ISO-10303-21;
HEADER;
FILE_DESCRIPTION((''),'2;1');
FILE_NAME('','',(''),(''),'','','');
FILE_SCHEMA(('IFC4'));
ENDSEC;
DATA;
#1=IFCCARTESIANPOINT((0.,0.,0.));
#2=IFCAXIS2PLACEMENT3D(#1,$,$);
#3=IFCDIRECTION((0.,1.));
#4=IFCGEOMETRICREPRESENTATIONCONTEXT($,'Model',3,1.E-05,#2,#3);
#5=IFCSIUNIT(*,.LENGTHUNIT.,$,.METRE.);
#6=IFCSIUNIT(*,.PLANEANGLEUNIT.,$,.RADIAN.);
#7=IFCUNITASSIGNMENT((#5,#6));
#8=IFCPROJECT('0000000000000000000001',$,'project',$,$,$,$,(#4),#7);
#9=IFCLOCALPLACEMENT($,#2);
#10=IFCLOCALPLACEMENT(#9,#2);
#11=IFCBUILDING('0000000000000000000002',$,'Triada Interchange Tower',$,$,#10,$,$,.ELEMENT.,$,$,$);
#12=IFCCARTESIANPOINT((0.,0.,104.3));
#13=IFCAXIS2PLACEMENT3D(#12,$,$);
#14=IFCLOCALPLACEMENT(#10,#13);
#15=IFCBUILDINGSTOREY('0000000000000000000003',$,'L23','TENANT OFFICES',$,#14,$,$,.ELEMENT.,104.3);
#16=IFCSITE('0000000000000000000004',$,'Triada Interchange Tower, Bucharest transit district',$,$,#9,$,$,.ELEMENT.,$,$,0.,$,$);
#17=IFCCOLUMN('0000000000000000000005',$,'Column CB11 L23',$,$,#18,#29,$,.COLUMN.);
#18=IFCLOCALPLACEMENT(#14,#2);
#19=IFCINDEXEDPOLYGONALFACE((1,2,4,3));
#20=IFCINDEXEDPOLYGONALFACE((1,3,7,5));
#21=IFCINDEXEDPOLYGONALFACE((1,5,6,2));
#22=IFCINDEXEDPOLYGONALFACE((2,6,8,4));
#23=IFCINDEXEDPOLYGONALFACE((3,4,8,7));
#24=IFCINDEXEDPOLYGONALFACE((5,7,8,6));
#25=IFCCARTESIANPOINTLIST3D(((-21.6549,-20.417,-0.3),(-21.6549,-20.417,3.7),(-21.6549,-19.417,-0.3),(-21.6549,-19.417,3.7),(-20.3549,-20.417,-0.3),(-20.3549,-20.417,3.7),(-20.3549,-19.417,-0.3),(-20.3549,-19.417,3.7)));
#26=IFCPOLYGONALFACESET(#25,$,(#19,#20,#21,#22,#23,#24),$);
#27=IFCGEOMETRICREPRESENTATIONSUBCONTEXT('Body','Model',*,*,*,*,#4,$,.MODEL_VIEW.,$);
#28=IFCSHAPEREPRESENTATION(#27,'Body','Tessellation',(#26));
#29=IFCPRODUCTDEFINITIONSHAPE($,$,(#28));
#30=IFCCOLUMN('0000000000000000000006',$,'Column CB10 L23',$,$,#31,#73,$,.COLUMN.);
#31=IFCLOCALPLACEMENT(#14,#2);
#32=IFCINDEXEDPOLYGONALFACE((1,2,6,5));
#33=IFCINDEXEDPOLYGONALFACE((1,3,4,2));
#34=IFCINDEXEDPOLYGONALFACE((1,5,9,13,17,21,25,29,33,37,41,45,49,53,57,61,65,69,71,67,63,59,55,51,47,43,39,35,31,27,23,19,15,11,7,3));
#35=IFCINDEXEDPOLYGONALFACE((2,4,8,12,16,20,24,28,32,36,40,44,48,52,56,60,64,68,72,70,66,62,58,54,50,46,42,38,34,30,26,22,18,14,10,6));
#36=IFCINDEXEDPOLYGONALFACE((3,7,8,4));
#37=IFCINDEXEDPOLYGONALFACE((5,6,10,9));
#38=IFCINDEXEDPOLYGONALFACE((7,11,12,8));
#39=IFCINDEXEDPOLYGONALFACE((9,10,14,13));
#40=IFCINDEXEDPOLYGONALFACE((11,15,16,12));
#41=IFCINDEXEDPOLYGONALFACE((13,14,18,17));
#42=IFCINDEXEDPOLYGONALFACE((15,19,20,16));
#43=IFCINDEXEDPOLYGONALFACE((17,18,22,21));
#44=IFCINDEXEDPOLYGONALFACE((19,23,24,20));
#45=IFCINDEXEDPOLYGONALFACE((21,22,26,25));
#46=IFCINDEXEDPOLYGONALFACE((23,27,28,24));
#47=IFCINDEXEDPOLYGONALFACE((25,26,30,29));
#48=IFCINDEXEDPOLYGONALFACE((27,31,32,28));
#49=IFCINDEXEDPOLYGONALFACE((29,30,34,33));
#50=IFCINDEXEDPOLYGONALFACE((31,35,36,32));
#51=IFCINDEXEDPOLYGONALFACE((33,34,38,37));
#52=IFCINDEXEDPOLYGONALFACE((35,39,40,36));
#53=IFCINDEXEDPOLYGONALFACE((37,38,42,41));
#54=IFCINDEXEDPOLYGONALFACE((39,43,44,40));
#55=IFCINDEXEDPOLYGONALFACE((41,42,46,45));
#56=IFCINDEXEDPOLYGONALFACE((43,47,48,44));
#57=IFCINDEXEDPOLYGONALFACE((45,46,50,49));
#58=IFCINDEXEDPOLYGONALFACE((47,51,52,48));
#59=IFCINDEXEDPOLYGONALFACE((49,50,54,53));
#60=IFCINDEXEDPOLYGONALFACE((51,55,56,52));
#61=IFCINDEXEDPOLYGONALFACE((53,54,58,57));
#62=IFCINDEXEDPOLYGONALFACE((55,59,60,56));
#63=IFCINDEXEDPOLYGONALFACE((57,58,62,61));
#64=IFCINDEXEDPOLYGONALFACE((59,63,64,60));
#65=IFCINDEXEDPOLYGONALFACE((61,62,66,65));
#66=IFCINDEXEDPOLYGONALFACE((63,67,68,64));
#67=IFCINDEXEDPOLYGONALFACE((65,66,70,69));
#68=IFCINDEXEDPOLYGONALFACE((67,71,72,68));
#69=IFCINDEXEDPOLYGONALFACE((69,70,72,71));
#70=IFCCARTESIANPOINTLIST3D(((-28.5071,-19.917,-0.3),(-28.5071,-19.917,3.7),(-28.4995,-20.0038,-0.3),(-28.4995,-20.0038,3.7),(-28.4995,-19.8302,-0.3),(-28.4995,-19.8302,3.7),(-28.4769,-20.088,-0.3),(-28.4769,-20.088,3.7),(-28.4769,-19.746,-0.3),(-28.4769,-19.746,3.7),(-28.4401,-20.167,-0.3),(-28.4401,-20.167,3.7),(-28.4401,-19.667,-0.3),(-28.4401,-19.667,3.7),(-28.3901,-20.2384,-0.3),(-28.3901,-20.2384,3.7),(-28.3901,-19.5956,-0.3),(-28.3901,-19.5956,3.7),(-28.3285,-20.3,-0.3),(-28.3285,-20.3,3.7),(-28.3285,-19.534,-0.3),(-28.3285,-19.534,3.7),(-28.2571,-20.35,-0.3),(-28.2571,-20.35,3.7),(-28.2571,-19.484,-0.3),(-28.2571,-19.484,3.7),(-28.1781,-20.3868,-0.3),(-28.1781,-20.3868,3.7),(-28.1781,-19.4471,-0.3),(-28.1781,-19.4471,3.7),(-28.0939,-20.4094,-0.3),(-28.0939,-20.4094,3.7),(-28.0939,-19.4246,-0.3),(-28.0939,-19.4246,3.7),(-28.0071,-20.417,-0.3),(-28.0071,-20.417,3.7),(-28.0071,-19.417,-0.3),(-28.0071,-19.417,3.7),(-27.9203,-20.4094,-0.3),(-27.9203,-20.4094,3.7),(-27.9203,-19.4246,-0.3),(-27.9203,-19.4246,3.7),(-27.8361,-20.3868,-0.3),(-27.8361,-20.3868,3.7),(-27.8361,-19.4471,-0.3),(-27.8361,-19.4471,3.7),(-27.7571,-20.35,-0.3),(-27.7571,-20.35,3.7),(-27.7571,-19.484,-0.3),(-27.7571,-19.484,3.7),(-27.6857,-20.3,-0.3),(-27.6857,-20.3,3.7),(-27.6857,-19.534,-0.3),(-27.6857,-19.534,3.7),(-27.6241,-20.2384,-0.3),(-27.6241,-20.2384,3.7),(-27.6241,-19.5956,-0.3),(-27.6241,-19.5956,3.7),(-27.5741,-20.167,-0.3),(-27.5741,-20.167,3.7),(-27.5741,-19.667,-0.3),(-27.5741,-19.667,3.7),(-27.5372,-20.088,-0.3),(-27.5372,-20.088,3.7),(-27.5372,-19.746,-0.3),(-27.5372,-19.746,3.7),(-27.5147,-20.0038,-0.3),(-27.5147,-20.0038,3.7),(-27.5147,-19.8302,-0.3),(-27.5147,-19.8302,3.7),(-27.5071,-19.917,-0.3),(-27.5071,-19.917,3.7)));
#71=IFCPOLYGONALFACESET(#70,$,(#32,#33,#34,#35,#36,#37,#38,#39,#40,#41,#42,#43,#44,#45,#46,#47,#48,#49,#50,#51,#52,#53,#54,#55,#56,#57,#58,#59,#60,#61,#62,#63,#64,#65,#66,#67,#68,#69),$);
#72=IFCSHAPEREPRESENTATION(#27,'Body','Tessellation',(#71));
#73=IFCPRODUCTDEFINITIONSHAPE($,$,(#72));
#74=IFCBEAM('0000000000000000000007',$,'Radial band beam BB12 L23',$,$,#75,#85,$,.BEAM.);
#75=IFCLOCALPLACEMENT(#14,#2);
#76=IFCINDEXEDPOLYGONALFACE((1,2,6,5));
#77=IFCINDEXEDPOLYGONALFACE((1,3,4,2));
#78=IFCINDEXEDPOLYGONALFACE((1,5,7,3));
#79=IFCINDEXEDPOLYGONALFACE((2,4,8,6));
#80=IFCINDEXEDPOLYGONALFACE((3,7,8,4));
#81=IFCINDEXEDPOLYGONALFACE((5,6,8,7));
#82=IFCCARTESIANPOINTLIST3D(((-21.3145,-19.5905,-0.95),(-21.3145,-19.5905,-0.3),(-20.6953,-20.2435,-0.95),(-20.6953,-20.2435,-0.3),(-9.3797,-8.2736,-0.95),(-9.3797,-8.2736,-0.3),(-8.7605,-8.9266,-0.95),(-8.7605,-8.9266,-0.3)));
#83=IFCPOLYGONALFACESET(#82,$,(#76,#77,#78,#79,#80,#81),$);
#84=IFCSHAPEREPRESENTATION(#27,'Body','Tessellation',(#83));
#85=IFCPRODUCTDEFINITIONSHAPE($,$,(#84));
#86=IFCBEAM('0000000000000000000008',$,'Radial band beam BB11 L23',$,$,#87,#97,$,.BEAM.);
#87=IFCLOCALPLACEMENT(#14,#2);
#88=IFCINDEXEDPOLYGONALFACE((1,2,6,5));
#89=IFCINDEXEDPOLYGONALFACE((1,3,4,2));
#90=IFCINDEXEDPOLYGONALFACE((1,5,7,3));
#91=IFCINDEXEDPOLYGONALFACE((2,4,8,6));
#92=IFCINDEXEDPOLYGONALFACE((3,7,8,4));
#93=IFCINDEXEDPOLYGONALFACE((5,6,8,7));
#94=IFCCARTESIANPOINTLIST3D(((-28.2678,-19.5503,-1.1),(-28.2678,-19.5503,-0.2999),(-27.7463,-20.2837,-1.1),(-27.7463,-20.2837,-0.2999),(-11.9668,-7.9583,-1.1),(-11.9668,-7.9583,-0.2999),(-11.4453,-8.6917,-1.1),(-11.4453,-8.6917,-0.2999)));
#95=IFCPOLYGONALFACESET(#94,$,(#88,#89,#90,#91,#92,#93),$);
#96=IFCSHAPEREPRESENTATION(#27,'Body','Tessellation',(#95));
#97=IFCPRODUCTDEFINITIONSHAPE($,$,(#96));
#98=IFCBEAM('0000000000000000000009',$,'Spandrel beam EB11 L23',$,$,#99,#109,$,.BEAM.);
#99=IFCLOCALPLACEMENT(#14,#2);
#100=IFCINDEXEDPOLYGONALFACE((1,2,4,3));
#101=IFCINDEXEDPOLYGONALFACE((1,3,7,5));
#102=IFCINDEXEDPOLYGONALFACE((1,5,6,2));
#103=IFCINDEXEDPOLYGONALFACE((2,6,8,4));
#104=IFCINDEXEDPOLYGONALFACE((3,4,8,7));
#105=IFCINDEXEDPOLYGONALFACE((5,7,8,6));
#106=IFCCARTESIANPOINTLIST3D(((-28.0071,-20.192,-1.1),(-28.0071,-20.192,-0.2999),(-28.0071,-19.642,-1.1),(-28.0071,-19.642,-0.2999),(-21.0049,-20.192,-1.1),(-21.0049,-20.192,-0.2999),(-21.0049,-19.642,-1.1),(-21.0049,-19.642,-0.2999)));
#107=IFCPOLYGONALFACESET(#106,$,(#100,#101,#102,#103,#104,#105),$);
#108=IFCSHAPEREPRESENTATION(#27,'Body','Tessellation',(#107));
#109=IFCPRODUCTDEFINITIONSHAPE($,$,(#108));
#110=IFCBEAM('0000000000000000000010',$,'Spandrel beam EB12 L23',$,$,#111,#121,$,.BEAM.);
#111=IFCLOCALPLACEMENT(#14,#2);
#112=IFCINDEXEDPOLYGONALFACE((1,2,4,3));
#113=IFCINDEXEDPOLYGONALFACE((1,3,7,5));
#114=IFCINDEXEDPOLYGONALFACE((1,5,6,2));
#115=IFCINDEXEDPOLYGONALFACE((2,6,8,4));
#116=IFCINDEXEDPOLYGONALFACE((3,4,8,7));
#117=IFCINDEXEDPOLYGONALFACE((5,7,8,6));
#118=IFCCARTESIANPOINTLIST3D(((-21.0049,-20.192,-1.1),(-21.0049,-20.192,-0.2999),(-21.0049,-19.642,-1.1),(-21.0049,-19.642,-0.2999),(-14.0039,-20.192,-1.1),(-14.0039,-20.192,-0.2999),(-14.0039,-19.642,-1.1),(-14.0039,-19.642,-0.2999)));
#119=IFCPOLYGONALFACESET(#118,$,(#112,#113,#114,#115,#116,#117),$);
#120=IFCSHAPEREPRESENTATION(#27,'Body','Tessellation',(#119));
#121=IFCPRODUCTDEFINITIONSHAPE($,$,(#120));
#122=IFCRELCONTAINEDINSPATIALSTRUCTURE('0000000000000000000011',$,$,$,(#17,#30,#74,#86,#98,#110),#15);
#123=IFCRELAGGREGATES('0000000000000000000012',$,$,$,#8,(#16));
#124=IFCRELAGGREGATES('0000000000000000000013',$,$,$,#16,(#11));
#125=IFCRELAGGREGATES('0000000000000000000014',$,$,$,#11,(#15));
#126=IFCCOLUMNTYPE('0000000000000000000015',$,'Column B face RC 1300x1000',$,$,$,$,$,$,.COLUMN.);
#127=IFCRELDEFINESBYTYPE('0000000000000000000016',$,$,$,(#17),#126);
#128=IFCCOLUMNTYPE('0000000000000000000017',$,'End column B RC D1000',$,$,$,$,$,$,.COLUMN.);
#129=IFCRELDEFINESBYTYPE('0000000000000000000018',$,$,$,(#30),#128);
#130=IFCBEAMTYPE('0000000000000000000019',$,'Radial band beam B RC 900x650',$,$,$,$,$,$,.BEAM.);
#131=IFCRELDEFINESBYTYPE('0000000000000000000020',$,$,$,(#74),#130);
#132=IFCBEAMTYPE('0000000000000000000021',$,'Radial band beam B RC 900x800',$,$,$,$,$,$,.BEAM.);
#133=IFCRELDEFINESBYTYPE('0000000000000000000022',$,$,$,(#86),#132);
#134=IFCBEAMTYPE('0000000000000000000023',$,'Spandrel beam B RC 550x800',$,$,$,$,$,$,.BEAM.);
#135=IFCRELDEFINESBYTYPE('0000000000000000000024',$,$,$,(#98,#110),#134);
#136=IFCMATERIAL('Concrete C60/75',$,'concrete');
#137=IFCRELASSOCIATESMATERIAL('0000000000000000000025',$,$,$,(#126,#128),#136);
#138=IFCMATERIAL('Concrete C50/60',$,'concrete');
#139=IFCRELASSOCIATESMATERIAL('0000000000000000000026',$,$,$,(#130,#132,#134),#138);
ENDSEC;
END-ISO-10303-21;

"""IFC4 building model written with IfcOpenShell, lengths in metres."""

from ifc_helpers import new_model, si_unit, direction, frame, origin, origin_2d, place, context, subcontext, project, spatial, rectangle, circle, extrude, material, material_profile, profile_set, type_object, element, save


model = new_model("IFC4")

# Units and contexts
model_context = context("Model", 3, precision=1e-05, world=origin(), true_north=direction((0.0, 1.0)))
body_context = subcontext(model_context, "Body", "Model", "MODEL_VIEW")
ifc_project = project(units=[si_unit("LENGTHUNIT", "METRE"), si_unit("PLANEANGLEUNIT", "RADIAN")], contexts=[model_context])

# Site, building, storey
site_placement = place(None, origin())
site = spatial("IfcSite", under=ifc_project, at=site_placement, Name="Triada Interchange Tower, Bucharest transit district", CompositionType="ELEMENT", RefElevation=0.0)
building_placement = place(site_placement, origin())
building = spatial("IfcBuilding", under=site, at=building_placement, Name="Triada Interchange Tower", CompositionType="ELEMENT")
storey_placement = place(building_placement, frame((0.0, 0.0, 104.3)))
storey = spatial("IfcBuildingStorey", under=building, at=storey_placement, Name="L23", Description="TENANT OFFICES", CompositionType="ELEMENT", Elevation=104.3)

# Columns
ifc_material_1 = material(Name="Concrete C60/75", Category="concrete")
ifc_material_profile_1 = material_profile(ifc_material_1, rectangle(XDim=1.3, YDim=1.0, at=origin_2d()), Name="RC 1300x1000")
ifc_profile_set_1 = profile_set([ifc_material_profile_1], Name="Concrete C60/75")
column_type_1 = type_object("IfcColumnType", Name="Column B face RC 1300x1000", PredefinedType="COLUMN", material=ifc_profile_set_1)
column_1_placement = place(storey_placement, frame((-21.0049, -19.917, -0.3), z_axis=(0.0, 0.0, 1.0), x_axis=(1.0, 0.0, 0.0)))
element("IfcColumn", 1, at=column_1_placement, inside=storey, type_object=column_type_1, Name="Column CB11 L23", PredefinedType="COLUMN", context=body_context, shape_type="SweptSolid", body=[
    extrude(rectangle(XDim=1.3, YDim=1.0, at=origin_2d()), origin(), (0.0, 0.0, 1.0), 4.0),
])
ifc_material_profile_2 = material_profile(ifc_material_1, circle(Radius=0.5, at=origin_2d()), Name="RC D1000")
ifc_profile_set_2 = profile_set([ifc_material_profile_2], Name="Concrete C60/75")
column_type_2 = type_object("IfcColumnType", Name="End column B RC D1000", PredefinedType="COLUMN", material=ifc_profile_set_2)
column_2_placement = place(storey_placement, frame((-28.0071, -19.917, -0.3), z_axis=(0.0, 0.0, 1.0), x_axis=(1.0, 0.0, 0.0)))
element("IfcColumn", 2, at=column_2_placement, inside=storey, type_object=column_type_2, Name="Column CB10 L23", PredefinedType="COLUMN", context=body_context, shape_type="SweptSolid", body=[
    extrude(circle(Radius=0.5, at=origin_2d()), origin(), (0.0, 0.0, 1.0), 4.0),
])

# Beams
ifc_material_2 = material(Name="Concrete C50/60", Category="concrete")
ifc_material_profile_3 = material_profile(ifc_material_2, rectangle(XDim=0.8999, YDim=0.6499, at=origin_2d()), Name="RC 900x650")
ifc_profile_set_3 = profile_set([ifc_material_profile_3], Name="Concrete C50/60")
beam_type_1 = type_object("IfcBeamType", Name="Radial band beam B RC 900x650", PredefinedType="BEAM", material=ifc_profile_set_3)
beam_1_placement = place(storey_placement, frame((-21.0049, -19.917, -0.625), z_axis=(0.725642, 0.688072, 0.0), x_axis=(-0.688072, 0.725642, 0.0)))
element("IfcBeam", 3, at=beam_1_placement, inside=storey, type_object=beam_type_1, Name="Radial band beam BB12 L23", PredefinedType="BEAM", context=body_context, shape_type="SweptSolid", body=[
    extrude(rectangle(XDim=0.8999, YDim=0.6499, at=origin_2d()), origin(), (0.0, 0.0, 1.0), 16.4473),
])
ifc_material_profile_4 = material_profile(ifc_material_2, rectangle(XDim=0.8999, YDim=0.8, at=origin_2d()), Name="RC 900x800")
ifc_profile_set_4 = profile_set([ifc_material_profile_4], Name="Concrete C50/60")
beam_type_2 = type_object("IfcBeamType", Name="Radial band beam B RC 900x800", PredefinedType="BEAM", material=ifc_profile_set_4)
beam_2_placement = place(storey_placement, frame((-28.0071, -19.917, -0.7), z_axis=(0.814951, 0.57953, 0.0), x_axis=(-0.57953, 0.814951, 0.0)))
element("IfcBeam", 4, at=beam_2_placement, inside=storey, type_object=beam_type_2, Name="Radial band beam BB11 L23", PredefinedType="BEAM", context=body_context, shape_type="SweptSolid", body=[
    extrude(rectangle(XDim=0.8999, YDim=0.8, at=origin_2d()), origin(), (0.0, 0.0, 1.0), 20.0024),
])
ifc_material_profile_5 = material_profile(ifc_material_2, rectangle(XDim=0.55, YDim=0.8, at=origin_2d()), Name="RC 550x800")
ifc_profile_set_5 = profile_set([ifc_material_profile_5], Name="Concrete C50/60")
beam_type_3 = type_object("IfcBeamType", Name="Spandrel beam B RC 550x800", PredefinedType="BEAM", material=ifc_profile_set_5)
beam_3_placement = place(storey_placement, frame((-28.0071, -19.917, -0.7), z_axis=(1.0, 0.0, 0.0), x_axis=(0.0, 1.0, 0.0)))
element("IfcBeam", 5, at=beam_3_placement, inside=storey, type_object=beam_type_3, Name="Spandrel beam EB11 L23", PredefinedType="BEAM", context=body_context, shape_type="SweptSolid", body=[
    extrude(rectangle(XDim=0.55, YDim=0.8, at=origin_2d()), origin(), (0.0, 0.0, 1.0), 7.0022),
])
beam_4_placement = place(storey_placement, frame((-21.0049, -19.917, -0.7), z_axis=(1.0, 0.0, 0.0), x_axis=(0.0, 1.0, 0.0)))
element("IfcBeam", 6, at=beam_4_placement, inside=storey, type_object=beam_type_3, Name="Spandrel beam EB12 L23", PredefinedType="BEAM", context=body_context, shape_type="SweptSolid", body=[
    extrude(rectangle(XDim=0.55, YDim=0.8, at=origin_2d()), origin(), (0.0, 0.0, 1.0), 7.001),
])

save(model, "model.ifc")
